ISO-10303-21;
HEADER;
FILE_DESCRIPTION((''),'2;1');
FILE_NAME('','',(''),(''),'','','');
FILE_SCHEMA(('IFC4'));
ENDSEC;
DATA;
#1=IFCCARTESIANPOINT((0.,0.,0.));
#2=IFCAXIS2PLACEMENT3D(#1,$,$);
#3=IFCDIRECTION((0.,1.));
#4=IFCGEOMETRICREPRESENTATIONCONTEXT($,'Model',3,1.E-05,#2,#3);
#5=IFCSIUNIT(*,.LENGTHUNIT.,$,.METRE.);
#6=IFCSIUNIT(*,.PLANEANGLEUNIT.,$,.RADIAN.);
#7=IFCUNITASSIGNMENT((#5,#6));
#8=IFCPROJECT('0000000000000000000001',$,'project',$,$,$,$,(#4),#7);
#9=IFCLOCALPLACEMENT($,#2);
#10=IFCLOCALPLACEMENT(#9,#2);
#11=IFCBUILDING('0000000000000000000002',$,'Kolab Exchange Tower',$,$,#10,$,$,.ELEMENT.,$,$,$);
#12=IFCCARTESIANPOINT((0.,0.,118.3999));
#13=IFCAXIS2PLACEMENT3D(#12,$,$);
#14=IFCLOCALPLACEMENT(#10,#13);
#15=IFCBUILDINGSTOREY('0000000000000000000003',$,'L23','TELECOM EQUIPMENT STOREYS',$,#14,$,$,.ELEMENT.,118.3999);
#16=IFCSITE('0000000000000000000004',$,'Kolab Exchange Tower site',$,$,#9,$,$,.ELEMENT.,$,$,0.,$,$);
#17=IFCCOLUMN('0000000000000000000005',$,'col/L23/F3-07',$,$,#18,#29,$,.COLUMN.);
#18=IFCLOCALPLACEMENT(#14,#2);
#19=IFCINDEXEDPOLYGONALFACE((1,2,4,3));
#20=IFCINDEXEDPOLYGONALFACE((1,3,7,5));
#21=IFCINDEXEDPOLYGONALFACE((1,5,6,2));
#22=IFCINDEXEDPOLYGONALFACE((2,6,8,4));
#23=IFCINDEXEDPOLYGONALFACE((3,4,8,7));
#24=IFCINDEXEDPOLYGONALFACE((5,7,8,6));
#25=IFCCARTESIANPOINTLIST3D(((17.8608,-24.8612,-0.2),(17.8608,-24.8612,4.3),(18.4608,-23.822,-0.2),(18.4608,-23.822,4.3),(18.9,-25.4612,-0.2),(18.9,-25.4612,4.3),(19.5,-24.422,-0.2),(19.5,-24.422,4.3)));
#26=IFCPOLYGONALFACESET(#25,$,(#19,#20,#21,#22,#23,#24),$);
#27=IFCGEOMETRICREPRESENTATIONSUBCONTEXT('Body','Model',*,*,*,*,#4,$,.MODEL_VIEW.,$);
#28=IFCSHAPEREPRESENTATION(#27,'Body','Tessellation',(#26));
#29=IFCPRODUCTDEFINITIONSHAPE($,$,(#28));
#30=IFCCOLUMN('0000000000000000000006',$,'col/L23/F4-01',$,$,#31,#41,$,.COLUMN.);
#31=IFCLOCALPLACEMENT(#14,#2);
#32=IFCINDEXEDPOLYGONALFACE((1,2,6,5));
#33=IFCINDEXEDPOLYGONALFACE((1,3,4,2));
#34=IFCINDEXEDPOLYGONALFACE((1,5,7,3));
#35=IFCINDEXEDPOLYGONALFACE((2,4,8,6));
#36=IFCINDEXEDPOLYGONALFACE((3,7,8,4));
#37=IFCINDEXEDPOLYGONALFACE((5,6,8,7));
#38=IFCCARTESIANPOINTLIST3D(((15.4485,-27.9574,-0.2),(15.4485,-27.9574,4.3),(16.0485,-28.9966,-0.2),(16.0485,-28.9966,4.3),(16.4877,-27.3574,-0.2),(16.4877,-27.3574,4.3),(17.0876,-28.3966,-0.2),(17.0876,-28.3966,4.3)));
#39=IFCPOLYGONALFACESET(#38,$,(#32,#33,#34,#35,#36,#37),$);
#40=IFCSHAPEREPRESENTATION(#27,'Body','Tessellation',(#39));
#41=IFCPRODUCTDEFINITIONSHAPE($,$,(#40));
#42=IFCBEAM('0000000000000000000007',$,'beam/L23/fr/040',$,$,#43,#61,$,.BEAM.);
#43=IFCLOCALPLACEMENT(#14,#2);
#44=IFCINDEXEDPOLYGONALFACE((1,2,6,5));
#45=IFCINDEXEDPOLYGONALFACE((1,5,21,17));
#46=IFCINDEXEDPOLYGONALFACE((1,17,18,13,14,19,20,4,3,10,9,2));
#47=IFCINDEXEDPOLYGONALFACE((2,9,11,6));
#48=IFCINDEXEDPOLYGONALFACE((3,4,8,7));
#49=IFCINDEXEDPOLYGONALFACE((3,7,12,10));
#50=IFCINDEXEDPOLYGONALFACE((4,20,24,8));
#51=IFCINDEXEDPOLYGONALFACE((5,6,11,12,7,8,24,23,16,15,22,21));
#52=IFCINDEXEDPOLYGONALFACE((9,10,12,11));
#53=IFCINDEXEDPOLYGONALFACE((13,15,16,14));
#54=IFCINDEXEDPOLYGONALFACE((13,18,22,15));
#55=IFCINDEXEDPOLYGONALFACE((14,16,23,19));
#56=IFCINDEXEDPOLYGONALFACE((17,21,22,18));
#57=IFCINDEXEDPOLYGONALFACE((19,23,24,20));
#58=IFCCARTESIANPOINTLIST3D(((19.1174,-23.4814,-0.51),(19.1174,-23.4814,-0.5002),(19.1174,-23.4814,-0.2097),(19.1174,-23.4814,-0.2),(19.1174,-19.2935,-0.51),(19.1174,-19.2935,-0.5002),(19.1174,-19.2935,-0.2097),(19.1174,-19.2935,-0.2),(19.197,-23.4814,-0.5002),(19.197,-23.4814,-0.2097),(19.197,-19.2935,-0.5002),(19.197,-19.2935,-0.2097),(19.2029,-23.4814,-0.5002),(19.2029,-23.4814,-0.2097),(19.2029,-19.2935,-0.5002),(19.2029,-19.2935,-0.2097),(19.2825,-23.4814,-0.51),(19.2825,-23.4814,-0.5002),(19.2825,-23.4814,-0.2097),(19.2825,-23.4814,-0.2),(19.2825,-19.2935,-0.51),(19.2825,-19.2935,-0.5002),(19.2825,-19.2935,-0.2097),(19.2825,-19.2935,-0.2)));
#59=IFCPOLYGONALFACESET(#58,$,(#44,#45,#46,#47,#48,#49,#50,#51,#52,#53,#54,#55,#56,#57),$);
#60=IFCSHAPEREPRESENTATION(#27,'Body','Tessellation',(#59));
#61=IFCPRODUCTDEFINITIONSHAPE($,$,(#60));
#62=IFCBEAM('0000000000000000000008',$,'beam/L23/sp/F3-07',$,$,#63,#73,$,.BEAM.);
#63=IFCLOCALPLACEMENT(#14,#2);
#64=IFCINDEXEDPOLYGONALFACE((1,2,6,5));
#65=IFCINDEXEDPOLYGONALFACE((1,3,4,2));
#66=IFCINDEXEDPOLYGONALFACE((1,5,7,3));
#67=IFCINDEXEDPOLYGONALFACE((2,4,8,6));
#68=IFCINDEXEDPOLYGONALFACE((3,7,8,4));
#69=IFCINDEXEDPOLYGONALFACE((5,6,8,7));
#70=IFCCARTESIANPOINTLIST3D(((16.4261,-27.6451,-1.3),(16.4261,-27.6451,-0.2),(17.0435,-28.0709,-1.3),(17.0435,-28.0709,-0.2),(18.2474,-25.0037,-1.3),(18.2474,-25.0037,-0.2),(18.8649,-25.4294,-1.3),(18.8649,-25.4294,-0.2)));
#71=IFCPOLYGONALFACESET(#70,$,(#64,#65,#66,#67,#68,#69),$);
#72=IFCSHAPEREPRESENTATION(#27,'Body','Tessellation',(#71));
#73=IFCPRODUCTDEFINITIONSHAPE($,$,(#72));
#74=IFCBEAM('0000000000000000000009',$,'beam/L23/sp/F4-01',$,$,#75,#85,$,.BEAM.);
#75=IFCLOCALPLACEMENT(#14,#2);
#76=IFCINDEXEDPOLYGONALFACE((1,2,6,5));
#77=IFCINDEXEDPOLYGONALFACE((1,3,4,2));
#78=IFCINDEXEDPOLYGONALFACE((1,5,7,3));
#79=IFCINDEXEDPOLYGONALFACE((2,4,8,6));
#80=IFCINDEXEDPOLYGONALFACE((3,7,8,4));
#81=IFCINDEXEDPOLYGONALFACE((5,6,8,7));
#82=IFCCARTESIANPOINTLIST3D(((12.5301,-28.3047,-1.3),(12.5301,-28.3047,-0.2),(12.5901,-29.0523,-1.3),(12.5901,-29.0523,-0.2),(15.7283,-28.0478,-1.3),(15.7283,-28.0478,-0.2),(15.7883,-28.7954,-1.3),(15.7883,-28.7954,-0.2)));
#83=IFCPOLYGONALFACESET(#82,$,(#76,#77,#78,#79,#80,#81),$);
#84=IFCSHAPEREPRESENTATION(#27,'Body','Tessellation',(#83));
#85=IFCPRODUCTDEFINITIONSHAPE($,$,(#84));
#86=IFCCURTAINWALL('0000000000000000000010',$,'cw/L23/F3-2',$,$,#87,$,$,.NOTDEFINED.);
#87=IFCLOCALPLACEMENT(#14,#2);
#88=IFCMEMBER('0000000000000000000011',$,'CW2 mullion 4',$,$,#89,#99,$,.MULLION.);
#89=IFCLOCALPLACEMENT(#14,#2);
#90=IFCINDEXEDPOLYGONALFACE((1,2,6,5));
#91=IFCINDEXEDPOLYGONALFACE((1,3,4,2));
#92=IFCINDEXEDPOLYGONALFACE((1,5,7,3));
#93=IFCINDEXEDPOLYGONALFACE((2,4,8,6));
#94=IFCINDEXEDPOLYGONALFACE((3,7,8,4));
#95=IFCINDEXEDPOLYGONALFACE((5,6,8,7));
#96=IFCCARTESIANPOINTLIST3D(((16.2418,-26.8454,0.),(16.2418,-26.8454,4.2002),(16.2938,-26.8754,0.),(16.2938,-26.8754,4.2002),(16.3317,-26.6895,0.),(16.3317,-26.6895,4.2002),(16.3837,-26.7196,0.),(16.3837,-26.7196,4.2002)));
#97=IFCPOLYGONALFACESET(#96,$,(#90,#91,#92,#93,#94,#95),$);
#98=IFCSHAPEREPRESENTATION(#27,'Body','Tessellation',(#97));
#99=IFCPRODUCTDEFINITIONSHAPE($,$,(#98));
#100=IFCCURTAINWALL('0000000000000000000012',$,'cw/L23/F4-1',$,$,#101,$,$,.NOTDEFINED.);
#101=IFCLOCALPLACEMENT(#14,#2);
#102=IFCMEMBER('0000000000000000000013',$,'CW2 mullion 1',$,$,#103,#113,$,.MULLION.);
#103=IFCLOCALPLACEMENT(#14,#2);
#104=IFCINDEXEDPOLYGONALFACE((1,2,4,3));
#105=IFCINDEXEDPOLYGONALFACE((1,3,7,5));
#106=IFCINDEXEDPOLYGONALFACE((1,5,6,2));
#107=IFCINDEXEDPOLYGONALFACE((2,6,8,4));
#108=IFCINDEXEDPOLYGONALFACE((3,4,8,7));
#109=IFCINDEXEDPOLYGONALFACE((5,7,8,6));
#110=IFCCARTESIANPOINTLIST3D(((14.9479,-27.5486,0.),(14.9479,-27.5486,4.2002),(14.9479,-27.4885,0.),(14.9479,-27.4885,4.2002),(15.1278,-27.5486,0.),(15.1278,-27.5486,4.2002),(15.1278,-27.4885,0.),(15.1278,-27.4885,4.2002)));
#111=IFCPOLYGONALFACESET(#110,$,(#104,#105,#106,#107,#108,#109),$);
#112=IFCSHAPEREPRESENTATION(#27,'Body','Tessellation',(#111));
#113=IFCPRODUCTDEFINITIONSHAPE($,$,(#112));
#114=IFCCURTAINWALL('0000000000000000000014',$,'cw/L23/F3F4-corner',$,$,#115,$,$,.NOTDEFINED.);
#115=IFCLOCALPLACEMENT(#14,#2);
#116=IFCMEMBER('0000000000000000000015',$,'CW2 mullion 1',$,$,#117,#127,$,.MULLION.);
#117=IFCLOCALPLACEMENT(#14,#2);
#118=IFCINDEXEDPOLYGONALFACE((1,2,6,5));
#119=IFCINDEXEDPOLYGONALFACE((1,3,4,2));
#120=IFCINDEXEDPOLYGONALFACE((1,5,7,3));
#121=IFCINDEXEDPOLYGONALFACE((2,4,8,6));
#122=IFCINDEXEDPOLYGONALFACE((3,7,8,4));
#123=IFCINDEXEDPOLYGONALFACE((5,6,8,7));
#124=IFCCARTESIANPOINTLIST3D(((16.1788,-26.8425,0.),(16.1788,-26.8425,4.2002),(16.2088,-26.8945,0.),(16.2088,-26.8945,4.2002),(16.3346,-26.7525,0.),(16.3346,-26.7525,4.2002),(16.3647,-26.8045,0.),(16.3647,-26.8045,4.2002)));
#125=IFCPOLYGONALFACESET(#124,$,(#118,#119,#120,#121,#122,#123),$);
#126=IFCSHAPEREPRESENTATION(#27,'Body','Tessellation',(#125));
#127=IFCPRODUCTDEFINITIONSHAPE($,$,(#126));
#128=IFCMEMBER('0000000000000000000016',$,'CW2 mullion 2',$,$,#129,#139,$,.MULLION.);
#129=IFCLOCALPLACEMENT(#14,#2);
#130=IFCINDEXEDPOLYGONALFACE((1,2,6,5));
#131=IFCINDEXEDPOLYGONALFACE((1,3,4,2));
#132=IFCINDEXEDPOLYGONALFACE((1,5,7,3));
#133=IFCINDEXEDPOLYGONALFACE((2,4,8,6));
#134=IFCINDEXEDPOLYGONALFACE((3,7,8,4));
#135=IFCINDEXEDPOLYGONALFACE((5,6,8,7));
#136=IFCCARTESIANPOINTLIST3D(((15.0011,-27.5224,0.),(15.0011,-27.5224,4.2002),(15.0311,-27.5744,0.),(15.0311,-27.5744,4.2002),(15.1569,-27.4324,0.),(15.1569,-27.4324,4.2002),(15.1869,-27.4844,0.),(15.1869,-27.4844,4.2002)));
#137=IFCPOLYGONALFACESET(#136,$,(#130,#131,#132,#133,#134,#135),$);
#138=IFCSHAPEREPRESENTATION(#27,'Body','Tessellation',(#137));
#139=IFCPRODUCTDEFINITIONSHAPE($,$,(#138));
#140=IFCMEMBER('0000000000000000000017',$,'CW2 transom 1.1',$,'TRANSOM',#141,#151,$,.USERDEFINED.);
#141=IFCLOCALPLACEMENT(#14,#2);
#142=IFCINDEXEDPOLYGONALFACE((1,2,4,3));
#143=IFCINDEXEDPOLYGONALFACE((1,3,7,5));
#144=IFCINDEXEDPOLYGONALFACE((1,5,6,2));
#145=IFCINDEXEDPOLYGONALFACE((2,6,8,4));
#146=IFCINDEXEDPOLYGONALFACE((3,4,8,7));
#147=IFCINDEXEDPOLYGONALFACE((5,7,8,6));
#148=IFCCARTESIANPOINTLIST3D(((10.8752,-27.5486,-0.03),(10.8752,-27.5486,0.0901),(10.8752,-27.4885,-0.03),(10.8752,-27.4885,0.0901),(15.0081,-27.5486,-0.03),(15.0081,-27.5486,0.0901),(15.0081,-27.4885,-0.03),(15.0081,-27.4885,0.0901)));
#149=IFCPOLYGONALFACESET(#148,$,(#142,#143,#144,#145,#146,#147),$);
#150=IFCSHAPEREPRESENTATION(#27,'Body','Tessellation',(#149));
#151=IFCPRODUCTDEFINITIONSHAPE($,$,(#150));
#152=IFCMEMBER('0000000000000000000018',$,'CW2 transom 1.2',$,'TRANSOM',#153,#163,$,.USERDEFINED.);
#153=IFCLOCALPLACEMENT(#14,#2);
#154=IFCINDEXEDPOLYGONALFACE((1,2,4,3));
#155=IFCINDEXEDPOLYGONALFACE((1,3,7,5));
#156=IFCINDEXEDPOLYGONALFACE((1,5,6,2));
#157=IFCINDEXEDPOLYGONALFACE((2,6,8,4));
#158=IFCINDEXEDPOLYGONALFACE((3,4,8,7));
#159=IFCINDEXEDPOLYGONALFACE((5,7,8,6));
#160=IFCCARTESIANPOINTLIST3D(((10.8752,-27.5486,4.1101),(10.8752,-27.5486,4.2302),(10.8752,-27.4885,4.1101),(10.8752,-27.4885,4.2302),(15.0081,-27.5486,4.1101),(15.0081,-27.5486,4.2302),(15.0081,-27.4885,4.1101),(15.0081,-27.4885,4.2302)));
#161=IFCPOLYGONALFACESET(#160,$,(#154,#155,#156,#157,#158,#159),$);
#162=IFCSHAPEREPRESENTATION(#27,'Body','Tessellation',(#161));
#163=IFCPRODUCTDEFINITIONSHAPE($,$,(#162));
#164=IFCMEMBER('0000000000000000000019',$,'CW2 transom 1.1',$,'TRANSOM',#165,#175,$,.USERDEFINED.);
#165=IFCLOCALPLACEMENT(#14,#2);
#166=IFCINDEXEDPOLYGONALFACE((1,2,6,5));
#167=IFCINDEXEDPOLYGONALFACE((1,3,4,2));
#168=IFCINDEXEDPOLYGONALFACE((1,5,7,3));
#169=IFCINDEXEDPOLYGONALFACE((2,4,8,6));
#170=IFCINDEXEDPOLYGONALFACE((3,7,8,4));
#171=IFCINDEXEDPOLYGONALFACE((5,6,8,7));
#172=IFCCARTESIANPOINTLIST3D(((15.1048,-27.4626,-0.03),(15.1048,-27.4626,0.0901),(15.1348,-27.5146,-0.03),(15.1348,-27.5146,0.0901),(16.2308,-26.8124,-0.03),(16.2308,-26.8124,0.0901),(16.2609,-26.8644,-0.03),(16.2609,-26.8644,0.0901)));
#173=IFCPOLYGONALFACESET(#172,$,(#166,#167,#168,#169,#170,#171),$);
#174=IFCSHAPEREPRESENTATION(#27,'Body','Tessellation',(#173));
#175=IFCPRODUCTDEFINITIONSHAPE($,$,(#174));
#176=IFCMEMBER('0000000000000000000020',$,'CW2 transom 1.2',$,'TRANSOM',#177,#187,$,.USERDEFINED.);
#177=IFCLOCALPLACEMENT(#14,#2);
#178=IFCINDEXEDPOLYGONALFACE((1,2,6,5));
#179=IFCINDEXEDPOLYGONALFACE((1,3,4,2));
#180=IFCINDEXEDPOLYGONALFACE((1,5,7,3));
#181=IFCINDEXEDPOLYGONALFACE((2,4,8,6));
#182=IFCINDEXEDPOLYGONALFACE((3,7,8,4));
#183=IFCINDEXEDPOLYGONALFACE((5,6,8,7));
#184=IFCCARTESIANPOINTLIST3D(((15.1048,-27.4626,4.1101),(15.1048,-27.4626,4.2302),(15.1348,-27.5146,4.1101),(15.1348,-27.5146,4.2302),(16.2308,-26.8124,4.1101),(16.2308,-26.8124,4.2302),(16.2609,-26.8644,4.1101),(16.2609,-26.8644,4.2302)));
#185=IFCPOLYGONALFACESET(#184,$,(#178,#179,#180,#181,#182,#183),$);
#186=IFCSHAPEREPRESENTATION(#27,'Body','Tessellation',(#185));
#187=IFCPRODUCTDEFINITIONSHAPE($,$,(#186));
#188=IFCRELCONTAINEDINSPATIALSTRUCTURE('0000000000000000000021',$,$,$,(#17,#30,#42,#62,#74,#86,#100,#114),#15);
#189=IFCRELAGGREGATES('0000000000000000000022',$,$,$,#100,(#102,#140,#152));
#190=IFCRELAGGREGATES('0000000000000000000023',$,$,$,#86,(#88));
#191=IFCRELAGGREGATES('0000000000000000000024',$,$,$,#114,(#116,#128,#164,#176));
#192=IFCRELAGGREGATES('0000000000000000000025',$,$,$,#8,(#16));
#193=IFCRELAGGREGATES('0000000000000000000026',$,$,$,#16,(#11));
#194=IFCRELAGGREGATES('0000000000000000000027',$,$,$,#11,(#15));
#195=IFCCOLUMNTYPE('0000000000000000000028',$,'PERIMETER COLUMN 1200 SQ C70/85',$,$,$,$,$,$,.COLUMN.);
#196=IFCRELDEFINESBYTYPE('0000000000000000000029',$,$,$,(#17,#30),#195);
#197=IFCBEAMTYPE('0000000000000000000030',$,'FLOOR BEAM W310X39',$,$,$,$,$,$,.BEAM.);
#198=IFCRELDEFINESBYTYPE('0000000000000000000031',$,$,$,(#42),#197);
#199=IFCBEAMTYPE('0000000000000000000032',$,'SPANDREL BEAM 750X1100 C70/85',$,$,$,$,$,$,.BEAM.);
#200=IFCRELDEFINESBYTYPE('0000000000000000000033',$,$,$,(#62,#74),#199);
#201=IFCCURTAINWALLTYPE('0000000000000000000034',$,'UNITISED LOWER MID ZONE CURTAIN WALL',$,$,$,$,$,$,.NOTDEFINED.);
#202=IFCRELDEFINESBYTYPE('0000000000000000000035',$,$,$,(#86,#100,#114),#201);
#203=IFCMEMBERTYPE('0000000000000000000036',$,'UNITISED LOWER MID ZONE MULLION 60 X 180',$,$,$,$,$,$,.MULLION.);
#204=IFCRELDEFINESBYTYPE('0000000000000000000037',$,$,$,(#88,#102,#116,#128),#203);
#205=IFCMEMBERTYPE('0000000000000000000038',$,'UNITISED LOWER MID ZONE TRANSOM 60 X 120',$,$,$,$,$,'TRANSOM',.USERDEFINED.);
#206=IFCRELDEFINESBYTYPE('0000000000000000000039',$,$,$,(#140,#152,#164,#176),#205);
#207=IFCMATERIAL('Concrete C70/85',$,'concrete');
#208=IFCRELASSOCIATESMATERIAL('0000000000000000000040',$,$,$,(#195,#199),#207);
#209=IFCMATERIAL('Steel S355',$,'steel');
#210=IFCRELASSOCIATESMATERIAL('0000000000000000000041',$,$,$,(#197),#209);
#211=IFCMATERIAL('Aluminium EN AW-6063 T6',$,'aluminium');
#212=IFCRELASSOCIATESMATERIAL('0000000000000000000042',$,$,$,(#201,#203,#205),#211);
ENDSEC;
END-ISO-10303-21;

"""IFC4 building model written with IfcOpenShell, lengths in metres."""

from ifc_helpers import new_model, si_unit, direction, frame, origin, origin_2d, place, context, subcontext, project, spatial, rectangle, i_section, extrude, material, material_profile, profile_set, type_object, element, aggregate, save


model = new_model("IFC4")

# Units and contexts
model_context = context("Model", 3, precision=1e-05, world=origin(), true_north=direction((0.0, 1.0)))
body_context = subcontext(model_context, "Body", "Model", "MODEL_VIEW")
ifc_project = project(units=[si_unit("LENGTHUNIT", "METRE"), si_unit("PLANEANGLEUNIT", "RADIAN")], contexts=[model_context])

# Site, building, storey
site_placement = place(None, origin())
site = spatial("IfcSite", under=ifc_project, at=site_placement, Name="Kolab Exchange Tower site", CompositionType="ELEMENT", RefElevation=0.0)
building_placement = place(site_placement, origin())
building = spatial("IfcBuilding", under=site, at=building_placement, Name="Kolab Exchange Tower", CompositionType="ELEMENT")
storey_placement = place(building_placement, frame((0.0, 0.0, 118.3999)))
storey = spatial("IfcBuildingStorey", under=building, at=storey_placement, Name="L23", Description="TELECOM EQUIPMENT STOREYS", CompositionType="ELEMENT", Elevation=118.3999)

# Columns
ifc_material_1 = material(Name="Concrete C70/85", Category="concrete")
ifc_material_profile_1 = material_profile(ifc_material_1, rectangle(XDim=1.2, YDim=1.2, at=origin_2d()), Name="RC1200")
ifc_profile_set_1 = profile_set([ifc_material_profile_1], Name="Concrete C70/85")
column_type = type_object("IfcColumnType", Name="PERIMETER COLUMN 1200 SQ C70/85", PredefinedType="COLUMN", material=ifc_profile_set_1)
for number, where, z_axis, x_axis, name in (
    (1, (18.6804, -24.6416, -0.2), (0.0, 0.0, 1.0), (0.5, 0.866025, 0.0), "col/L23/F3-07"),
    (2, (16.2681, -28.177, -0.2), (0.0, 0.0, 1.0), (0.866025, 0.5, 0.0), "col/L23/F4-01"),
):
    element("IfcColumn", number, at=place(storey_placement, frame(where, z_axis=z_axis, x_axis=x_axis)), inside=storey, type_object=column_type, Name=name, PredefinedType="COLUMN", context=body_context, shape_type="SweptSolid", body=[
        extrude(rectangle(XDim=1.2, YDim=1.2, at=origin_2d()), origin(), (0.0, 0.0, 1.0), 4.5),
    ])

# Beams
ifc_material_2 = material(Name="Steel S355", Category="steel")
ifc_material_profile_2 = material_profile(ifc_material_2, i_section(OverallWidth=0.165, OverallDepth=0.3101, WebThickness=0.0059, FlangeThickness=0.0098, at=origin_2d()), Name="W310X39")
ifc_profile_set_2 = profile_set([ifc_material_profile_2], Name="Steel S355")
beam_type_1 = type_object("IfcBeamType", Name="FLOOR BEAM W310X39", PredefinedType="BEAM", material=ifc_profile_set_2)
beam_placement = place(storey_placement, frame((19.2, -23.4814, -0.355), z_axis=(0.0, 1.0, 0.0), x_axis=(-1.0, 0.0, 0.0)))
element("IfcBeam", 3, at=beam_placement, inside=storey, type_object=beam_type_1, Name="beam/L23/fr/040", PredefinedType="BEAM", context=body_context, shape_type="SweptSolid", body=[
    extrude(i_section(OverallWidth=0.165, OverallDepth=0.3101, WebThickness=0.0059, FlangeThickness=0.0098, at=origin_2d()), origin(), (0.0, 0.0, 1.0), 4.188),
])
ifc_material_profile_3 = material_profile(ifc_material_1, rectangle(XDim=0.75, YDim=1.1001, at=origin_2d()), Name="RC750X1100")
ifc_profile_set_3 = profile_set([ifc_material_profile_3], Name="Concrete C70/85")
beam_type_2 = type_object("IfcBeamType", Name="SPANDREL BEAM 750X1100 C70/85", PredefinedType="BEAM", material=ifc_profile_set_3)
for number, where, z_axis, x_axis, name in (
    (4, (18.5562, -25.2166, -0.75), (-0.567662, -0.823262, 0.0), (0.823262, -0.567662, 0.0), "beam/L23/sp/F3-07"),
    (5, (15.7583, -28.4216, -0.75), (-0.996791, -0.080048, 0.0), (0.080048, -0.996791, 0.0), "beam/L23/sp/F4-01"),
):
    element("IfcBeam", number, at=place(storey_placement, frame(where, z_axis=z_axis, x_axis=x_axis)), inside=storey, type_object=beam_type_2, Name=name, PredefinedType="BEAM", context=body_context, shape_type="SweptSolid", body=[
        extrude(rectangle(XDim=0.75, YDim=1.1001, at=origin_2d()), origin(), (0.0, 0.0, 1.0), 3.2085),
    ])

# Curtain walls, members
ifc_material_3 = material(Name="Aluminium EN AW-6063 T6", Category="aluminium")
curtain_wall_type = type_object("IfcCurtainWallType", Name="UNITISED LOWER MID ZONE CURTAIN WALL", PredefinedType="NOTDEFINED", material=ifc_material_3)
curtain_wall_1_placement = place(storey_placement, origin())
curtain_wall_1 = element("IfcCurtainWall", 6, at=curtain_wall_1_placement, inside=storey, type_object=curtain_wall_type, Name="cw/L23/F3-2", PredefinedType="NOTDEFINED")
ifc_material_profile_4 = material_profile(ifc_material_3, rectangle(XDim=0.0601, YDim=0.1799, at=origin_2d()), Name="RECT 60X180")
ifc_profile_set_4 = profile_set([ifc_material_profile_4], Name="Aluminium EN AW-6063 T6")
member_type_1 = type_object("IfcMemberType", Name="UNITISED LOWER MID ZONE MULLION 60 X 180", PredefinedType="MULLION", material=ifc_profile_set_4)
member_1_placement = place(storey_placement, frame((16.3127, -26.7825, 0.0), z_axis=(0.0, 0.0, 1.0), x_axis=(0.866025, -0.5, 0.0)))
member_1 = element("IfcMember", 7, at=member_1_placement, type_object=member_type_1, Name="CW2 mullion 4", PredefinedType="MULLION", context=body_context, shape_type="SweptSolid", body=[
    extrude(rectangle(XDim=0.0601, YDim=0.1799, at=origin_2d()), origin(), (0.0, 0.0, 1.0), 4.2002),
])
curtain_wall_2_placement = place(storey_placement, origin())
curtain_wall_2 = element("IfcCurtainWall", 8, at=curtain_wall_2_placement, inside=storey, type_object=curtain_wall_type, Name="cw/L23/F4-1", PredefinedType="NOTDEFINED")
member_2_placement = place(storey_placement, frame((15.0378, -27.5186, 0.0), z_axis=(0.0, 0.0, 1.0), x_axis=(0.0, -1.0, 0.0)))
member_2 = element("IfcMember", 9, at=member_2_placement, type_object=member_type_1, Name="CW2 mullion 1", PredefinedType="MULLION", context=body_context, shape_type="SweptSolid", body=[
    extrude(rectangle(XDim=0.0601, YDim=0.1799, at=origin_2d()), origin(), (0.0, 0.0, 1.0), 4.2002),
])

# Curtain wall, members
curtain_wall_3_placement = place(storey_placement, origin())
curtain_wall_3 = element("IfcCurtainWall", 10, at=curtain_wall_3_placement, inside=storey, type_object=curtain_wall_type, Name="cw/L23/F3F4-corner", PredefinedType="NOTDEFINED")
member_3_placement = place(storey_placement, frame((16.2717, -26.8235, 0.0), z_axis=(0.0, 0.0, 1.0), x_axis=(0.5, -0.866025, 0.0)))
member_3 = element("IfcMember", 11, at=member_3_placement, type_object=member_type_1, Name="CW2 mullion 1", PredefinedType="MULLION", context=body_context, shape_type="SweptSolid", body=[
    extrude(rectangle(XDim=0.0601, YDim=0.1799, at=origin_2d()), origin(), (0.0, 0.0, 1.0), 4.2002),
])
member_4_placement = place(storey_placement, frame((15.094, -27.5034, 0.0), z_axis=(0.0, 0.0, 1.0), x_axis=(0.5, -0.866025, 0.0)))
member_4 = element("IfcMember", 12, at=member_4_placement, type_object=member_type_1, Name="CW2 mullion 2", PredefinedType="MULLION", context=body_context, shape_type="SweptSolid", body=[
    extrude(rectangle(XDim=0.0601, YDim=0.1799, at=origin_2d()), origin(), (0.0, 0.0, 1.0), 4.2002),
])

# Members
ifc_material_profile_5 = material_profile(ifc_material_3, rectangle(XDim=0.0601, YDim=0.1201, at=origin_2d()), Name="RECT 60X120")
ifc_profile_set_5 = profile_set([ifc_material_profile_5], Name="Aluminium EN AW-6063 T6")
member_type_2 = type_object("IfcMemberType", Name="UNITISED LOWER MID ZONE TRANSOM 60 X 120", ElementType="TRANSOM", PredefinedType="USERDEFINED", material=ifc_profile_set_5)
member_5_placement = place(storey_placement, frame((15.0081, -27.5186, 0.03), z_axis=(-1.0, 0.0, 0.0), x_axis=(0.0, -1.0, 0.0)))
member_5 = element("IfcMember", 13, at=member_5_placement, type_object=member_type_2, Name="CW2 transom 1.1", ObjectType="TRANSOM", PredefinedType="USERDEFINED", context=body_context, shape_type="SweptSolid", body=[
    extrude(rectangle(XDim=0.0601, YDim=0.1201, at=origin_2d()), origin(), (0.0, 0.0, 1.0), 4.1328),
])
member_6_placement = place(storey_placement, frame((15.0081, -27.5186, 4.1702), z_axis=(-1.0, 0.0, 0.0), x_axis=(0.0, -1.0, 0.0)))
member_6 = element("IfcMember", 14, at=member_6_placement, type_object=member_type_2, Name="CW2 transom 1.2", ObjectType="TRANSOM", PredefinedType="USERDEFINED", context=body_context, shape_type="SweptSolid", body=[
    extrude(rectangle(XDim=0.0601, YDim=0.1201, at=origin_2d()), origin(), (0.0, 0.0, 1.0), 4.1328),
])
aggregate(curtain_wall_2, [member_2, member_5, member_6])
member_7_placement = place(storey_placement, frame((16.2458, -26.8384, 0.03), z_axis=(-0.866004, -0.500037, 0.0), x_axis=(0.500037, -0.866004, 0.0)))
member_7 = element("IfcMember", 15, at=member_7_placement, type_object=member_type_2, Name="CW2 transom 1.1", ObjectType="TRANSOM", PredefinedType="USERDEFINED", context=body_context, shape_type="SweptSolid", body=[
    extrude(rectangle(XDim=0.0601, YDim=0.1201, at=origin_2d()), origin(), (0.0, 0.0, 1.0), 1.3003),
])
member_8_placement = place(storey_placement, frame((16.2458, -26.8384, 4.1702), z_axis=(-0.866004, -0.500037, 0.0), x_axis=(0.500037, -0.866004, 0.0)))
member_8 = element("IfcMember", 16, at=member_8_placement, type_object=member_type_2, Name="CW2 transom 1.2", ObjectType="TRANSOM", PredefinedType="USERDEFINED", context=body_context, shape_type="SweptSolid", body=[
    extrude(rectangle(XDim=0.0601, YDim=0.1201, at=origin_2d()), origin(), (0.0, 0.0, 1.0), 1.3003),
])

aggregate(curtain_wall_1, [member_1])
aggregate(curtain_wall_3, [member_3, member_4, member_7, member_8])

save(model, "model.ifc")
